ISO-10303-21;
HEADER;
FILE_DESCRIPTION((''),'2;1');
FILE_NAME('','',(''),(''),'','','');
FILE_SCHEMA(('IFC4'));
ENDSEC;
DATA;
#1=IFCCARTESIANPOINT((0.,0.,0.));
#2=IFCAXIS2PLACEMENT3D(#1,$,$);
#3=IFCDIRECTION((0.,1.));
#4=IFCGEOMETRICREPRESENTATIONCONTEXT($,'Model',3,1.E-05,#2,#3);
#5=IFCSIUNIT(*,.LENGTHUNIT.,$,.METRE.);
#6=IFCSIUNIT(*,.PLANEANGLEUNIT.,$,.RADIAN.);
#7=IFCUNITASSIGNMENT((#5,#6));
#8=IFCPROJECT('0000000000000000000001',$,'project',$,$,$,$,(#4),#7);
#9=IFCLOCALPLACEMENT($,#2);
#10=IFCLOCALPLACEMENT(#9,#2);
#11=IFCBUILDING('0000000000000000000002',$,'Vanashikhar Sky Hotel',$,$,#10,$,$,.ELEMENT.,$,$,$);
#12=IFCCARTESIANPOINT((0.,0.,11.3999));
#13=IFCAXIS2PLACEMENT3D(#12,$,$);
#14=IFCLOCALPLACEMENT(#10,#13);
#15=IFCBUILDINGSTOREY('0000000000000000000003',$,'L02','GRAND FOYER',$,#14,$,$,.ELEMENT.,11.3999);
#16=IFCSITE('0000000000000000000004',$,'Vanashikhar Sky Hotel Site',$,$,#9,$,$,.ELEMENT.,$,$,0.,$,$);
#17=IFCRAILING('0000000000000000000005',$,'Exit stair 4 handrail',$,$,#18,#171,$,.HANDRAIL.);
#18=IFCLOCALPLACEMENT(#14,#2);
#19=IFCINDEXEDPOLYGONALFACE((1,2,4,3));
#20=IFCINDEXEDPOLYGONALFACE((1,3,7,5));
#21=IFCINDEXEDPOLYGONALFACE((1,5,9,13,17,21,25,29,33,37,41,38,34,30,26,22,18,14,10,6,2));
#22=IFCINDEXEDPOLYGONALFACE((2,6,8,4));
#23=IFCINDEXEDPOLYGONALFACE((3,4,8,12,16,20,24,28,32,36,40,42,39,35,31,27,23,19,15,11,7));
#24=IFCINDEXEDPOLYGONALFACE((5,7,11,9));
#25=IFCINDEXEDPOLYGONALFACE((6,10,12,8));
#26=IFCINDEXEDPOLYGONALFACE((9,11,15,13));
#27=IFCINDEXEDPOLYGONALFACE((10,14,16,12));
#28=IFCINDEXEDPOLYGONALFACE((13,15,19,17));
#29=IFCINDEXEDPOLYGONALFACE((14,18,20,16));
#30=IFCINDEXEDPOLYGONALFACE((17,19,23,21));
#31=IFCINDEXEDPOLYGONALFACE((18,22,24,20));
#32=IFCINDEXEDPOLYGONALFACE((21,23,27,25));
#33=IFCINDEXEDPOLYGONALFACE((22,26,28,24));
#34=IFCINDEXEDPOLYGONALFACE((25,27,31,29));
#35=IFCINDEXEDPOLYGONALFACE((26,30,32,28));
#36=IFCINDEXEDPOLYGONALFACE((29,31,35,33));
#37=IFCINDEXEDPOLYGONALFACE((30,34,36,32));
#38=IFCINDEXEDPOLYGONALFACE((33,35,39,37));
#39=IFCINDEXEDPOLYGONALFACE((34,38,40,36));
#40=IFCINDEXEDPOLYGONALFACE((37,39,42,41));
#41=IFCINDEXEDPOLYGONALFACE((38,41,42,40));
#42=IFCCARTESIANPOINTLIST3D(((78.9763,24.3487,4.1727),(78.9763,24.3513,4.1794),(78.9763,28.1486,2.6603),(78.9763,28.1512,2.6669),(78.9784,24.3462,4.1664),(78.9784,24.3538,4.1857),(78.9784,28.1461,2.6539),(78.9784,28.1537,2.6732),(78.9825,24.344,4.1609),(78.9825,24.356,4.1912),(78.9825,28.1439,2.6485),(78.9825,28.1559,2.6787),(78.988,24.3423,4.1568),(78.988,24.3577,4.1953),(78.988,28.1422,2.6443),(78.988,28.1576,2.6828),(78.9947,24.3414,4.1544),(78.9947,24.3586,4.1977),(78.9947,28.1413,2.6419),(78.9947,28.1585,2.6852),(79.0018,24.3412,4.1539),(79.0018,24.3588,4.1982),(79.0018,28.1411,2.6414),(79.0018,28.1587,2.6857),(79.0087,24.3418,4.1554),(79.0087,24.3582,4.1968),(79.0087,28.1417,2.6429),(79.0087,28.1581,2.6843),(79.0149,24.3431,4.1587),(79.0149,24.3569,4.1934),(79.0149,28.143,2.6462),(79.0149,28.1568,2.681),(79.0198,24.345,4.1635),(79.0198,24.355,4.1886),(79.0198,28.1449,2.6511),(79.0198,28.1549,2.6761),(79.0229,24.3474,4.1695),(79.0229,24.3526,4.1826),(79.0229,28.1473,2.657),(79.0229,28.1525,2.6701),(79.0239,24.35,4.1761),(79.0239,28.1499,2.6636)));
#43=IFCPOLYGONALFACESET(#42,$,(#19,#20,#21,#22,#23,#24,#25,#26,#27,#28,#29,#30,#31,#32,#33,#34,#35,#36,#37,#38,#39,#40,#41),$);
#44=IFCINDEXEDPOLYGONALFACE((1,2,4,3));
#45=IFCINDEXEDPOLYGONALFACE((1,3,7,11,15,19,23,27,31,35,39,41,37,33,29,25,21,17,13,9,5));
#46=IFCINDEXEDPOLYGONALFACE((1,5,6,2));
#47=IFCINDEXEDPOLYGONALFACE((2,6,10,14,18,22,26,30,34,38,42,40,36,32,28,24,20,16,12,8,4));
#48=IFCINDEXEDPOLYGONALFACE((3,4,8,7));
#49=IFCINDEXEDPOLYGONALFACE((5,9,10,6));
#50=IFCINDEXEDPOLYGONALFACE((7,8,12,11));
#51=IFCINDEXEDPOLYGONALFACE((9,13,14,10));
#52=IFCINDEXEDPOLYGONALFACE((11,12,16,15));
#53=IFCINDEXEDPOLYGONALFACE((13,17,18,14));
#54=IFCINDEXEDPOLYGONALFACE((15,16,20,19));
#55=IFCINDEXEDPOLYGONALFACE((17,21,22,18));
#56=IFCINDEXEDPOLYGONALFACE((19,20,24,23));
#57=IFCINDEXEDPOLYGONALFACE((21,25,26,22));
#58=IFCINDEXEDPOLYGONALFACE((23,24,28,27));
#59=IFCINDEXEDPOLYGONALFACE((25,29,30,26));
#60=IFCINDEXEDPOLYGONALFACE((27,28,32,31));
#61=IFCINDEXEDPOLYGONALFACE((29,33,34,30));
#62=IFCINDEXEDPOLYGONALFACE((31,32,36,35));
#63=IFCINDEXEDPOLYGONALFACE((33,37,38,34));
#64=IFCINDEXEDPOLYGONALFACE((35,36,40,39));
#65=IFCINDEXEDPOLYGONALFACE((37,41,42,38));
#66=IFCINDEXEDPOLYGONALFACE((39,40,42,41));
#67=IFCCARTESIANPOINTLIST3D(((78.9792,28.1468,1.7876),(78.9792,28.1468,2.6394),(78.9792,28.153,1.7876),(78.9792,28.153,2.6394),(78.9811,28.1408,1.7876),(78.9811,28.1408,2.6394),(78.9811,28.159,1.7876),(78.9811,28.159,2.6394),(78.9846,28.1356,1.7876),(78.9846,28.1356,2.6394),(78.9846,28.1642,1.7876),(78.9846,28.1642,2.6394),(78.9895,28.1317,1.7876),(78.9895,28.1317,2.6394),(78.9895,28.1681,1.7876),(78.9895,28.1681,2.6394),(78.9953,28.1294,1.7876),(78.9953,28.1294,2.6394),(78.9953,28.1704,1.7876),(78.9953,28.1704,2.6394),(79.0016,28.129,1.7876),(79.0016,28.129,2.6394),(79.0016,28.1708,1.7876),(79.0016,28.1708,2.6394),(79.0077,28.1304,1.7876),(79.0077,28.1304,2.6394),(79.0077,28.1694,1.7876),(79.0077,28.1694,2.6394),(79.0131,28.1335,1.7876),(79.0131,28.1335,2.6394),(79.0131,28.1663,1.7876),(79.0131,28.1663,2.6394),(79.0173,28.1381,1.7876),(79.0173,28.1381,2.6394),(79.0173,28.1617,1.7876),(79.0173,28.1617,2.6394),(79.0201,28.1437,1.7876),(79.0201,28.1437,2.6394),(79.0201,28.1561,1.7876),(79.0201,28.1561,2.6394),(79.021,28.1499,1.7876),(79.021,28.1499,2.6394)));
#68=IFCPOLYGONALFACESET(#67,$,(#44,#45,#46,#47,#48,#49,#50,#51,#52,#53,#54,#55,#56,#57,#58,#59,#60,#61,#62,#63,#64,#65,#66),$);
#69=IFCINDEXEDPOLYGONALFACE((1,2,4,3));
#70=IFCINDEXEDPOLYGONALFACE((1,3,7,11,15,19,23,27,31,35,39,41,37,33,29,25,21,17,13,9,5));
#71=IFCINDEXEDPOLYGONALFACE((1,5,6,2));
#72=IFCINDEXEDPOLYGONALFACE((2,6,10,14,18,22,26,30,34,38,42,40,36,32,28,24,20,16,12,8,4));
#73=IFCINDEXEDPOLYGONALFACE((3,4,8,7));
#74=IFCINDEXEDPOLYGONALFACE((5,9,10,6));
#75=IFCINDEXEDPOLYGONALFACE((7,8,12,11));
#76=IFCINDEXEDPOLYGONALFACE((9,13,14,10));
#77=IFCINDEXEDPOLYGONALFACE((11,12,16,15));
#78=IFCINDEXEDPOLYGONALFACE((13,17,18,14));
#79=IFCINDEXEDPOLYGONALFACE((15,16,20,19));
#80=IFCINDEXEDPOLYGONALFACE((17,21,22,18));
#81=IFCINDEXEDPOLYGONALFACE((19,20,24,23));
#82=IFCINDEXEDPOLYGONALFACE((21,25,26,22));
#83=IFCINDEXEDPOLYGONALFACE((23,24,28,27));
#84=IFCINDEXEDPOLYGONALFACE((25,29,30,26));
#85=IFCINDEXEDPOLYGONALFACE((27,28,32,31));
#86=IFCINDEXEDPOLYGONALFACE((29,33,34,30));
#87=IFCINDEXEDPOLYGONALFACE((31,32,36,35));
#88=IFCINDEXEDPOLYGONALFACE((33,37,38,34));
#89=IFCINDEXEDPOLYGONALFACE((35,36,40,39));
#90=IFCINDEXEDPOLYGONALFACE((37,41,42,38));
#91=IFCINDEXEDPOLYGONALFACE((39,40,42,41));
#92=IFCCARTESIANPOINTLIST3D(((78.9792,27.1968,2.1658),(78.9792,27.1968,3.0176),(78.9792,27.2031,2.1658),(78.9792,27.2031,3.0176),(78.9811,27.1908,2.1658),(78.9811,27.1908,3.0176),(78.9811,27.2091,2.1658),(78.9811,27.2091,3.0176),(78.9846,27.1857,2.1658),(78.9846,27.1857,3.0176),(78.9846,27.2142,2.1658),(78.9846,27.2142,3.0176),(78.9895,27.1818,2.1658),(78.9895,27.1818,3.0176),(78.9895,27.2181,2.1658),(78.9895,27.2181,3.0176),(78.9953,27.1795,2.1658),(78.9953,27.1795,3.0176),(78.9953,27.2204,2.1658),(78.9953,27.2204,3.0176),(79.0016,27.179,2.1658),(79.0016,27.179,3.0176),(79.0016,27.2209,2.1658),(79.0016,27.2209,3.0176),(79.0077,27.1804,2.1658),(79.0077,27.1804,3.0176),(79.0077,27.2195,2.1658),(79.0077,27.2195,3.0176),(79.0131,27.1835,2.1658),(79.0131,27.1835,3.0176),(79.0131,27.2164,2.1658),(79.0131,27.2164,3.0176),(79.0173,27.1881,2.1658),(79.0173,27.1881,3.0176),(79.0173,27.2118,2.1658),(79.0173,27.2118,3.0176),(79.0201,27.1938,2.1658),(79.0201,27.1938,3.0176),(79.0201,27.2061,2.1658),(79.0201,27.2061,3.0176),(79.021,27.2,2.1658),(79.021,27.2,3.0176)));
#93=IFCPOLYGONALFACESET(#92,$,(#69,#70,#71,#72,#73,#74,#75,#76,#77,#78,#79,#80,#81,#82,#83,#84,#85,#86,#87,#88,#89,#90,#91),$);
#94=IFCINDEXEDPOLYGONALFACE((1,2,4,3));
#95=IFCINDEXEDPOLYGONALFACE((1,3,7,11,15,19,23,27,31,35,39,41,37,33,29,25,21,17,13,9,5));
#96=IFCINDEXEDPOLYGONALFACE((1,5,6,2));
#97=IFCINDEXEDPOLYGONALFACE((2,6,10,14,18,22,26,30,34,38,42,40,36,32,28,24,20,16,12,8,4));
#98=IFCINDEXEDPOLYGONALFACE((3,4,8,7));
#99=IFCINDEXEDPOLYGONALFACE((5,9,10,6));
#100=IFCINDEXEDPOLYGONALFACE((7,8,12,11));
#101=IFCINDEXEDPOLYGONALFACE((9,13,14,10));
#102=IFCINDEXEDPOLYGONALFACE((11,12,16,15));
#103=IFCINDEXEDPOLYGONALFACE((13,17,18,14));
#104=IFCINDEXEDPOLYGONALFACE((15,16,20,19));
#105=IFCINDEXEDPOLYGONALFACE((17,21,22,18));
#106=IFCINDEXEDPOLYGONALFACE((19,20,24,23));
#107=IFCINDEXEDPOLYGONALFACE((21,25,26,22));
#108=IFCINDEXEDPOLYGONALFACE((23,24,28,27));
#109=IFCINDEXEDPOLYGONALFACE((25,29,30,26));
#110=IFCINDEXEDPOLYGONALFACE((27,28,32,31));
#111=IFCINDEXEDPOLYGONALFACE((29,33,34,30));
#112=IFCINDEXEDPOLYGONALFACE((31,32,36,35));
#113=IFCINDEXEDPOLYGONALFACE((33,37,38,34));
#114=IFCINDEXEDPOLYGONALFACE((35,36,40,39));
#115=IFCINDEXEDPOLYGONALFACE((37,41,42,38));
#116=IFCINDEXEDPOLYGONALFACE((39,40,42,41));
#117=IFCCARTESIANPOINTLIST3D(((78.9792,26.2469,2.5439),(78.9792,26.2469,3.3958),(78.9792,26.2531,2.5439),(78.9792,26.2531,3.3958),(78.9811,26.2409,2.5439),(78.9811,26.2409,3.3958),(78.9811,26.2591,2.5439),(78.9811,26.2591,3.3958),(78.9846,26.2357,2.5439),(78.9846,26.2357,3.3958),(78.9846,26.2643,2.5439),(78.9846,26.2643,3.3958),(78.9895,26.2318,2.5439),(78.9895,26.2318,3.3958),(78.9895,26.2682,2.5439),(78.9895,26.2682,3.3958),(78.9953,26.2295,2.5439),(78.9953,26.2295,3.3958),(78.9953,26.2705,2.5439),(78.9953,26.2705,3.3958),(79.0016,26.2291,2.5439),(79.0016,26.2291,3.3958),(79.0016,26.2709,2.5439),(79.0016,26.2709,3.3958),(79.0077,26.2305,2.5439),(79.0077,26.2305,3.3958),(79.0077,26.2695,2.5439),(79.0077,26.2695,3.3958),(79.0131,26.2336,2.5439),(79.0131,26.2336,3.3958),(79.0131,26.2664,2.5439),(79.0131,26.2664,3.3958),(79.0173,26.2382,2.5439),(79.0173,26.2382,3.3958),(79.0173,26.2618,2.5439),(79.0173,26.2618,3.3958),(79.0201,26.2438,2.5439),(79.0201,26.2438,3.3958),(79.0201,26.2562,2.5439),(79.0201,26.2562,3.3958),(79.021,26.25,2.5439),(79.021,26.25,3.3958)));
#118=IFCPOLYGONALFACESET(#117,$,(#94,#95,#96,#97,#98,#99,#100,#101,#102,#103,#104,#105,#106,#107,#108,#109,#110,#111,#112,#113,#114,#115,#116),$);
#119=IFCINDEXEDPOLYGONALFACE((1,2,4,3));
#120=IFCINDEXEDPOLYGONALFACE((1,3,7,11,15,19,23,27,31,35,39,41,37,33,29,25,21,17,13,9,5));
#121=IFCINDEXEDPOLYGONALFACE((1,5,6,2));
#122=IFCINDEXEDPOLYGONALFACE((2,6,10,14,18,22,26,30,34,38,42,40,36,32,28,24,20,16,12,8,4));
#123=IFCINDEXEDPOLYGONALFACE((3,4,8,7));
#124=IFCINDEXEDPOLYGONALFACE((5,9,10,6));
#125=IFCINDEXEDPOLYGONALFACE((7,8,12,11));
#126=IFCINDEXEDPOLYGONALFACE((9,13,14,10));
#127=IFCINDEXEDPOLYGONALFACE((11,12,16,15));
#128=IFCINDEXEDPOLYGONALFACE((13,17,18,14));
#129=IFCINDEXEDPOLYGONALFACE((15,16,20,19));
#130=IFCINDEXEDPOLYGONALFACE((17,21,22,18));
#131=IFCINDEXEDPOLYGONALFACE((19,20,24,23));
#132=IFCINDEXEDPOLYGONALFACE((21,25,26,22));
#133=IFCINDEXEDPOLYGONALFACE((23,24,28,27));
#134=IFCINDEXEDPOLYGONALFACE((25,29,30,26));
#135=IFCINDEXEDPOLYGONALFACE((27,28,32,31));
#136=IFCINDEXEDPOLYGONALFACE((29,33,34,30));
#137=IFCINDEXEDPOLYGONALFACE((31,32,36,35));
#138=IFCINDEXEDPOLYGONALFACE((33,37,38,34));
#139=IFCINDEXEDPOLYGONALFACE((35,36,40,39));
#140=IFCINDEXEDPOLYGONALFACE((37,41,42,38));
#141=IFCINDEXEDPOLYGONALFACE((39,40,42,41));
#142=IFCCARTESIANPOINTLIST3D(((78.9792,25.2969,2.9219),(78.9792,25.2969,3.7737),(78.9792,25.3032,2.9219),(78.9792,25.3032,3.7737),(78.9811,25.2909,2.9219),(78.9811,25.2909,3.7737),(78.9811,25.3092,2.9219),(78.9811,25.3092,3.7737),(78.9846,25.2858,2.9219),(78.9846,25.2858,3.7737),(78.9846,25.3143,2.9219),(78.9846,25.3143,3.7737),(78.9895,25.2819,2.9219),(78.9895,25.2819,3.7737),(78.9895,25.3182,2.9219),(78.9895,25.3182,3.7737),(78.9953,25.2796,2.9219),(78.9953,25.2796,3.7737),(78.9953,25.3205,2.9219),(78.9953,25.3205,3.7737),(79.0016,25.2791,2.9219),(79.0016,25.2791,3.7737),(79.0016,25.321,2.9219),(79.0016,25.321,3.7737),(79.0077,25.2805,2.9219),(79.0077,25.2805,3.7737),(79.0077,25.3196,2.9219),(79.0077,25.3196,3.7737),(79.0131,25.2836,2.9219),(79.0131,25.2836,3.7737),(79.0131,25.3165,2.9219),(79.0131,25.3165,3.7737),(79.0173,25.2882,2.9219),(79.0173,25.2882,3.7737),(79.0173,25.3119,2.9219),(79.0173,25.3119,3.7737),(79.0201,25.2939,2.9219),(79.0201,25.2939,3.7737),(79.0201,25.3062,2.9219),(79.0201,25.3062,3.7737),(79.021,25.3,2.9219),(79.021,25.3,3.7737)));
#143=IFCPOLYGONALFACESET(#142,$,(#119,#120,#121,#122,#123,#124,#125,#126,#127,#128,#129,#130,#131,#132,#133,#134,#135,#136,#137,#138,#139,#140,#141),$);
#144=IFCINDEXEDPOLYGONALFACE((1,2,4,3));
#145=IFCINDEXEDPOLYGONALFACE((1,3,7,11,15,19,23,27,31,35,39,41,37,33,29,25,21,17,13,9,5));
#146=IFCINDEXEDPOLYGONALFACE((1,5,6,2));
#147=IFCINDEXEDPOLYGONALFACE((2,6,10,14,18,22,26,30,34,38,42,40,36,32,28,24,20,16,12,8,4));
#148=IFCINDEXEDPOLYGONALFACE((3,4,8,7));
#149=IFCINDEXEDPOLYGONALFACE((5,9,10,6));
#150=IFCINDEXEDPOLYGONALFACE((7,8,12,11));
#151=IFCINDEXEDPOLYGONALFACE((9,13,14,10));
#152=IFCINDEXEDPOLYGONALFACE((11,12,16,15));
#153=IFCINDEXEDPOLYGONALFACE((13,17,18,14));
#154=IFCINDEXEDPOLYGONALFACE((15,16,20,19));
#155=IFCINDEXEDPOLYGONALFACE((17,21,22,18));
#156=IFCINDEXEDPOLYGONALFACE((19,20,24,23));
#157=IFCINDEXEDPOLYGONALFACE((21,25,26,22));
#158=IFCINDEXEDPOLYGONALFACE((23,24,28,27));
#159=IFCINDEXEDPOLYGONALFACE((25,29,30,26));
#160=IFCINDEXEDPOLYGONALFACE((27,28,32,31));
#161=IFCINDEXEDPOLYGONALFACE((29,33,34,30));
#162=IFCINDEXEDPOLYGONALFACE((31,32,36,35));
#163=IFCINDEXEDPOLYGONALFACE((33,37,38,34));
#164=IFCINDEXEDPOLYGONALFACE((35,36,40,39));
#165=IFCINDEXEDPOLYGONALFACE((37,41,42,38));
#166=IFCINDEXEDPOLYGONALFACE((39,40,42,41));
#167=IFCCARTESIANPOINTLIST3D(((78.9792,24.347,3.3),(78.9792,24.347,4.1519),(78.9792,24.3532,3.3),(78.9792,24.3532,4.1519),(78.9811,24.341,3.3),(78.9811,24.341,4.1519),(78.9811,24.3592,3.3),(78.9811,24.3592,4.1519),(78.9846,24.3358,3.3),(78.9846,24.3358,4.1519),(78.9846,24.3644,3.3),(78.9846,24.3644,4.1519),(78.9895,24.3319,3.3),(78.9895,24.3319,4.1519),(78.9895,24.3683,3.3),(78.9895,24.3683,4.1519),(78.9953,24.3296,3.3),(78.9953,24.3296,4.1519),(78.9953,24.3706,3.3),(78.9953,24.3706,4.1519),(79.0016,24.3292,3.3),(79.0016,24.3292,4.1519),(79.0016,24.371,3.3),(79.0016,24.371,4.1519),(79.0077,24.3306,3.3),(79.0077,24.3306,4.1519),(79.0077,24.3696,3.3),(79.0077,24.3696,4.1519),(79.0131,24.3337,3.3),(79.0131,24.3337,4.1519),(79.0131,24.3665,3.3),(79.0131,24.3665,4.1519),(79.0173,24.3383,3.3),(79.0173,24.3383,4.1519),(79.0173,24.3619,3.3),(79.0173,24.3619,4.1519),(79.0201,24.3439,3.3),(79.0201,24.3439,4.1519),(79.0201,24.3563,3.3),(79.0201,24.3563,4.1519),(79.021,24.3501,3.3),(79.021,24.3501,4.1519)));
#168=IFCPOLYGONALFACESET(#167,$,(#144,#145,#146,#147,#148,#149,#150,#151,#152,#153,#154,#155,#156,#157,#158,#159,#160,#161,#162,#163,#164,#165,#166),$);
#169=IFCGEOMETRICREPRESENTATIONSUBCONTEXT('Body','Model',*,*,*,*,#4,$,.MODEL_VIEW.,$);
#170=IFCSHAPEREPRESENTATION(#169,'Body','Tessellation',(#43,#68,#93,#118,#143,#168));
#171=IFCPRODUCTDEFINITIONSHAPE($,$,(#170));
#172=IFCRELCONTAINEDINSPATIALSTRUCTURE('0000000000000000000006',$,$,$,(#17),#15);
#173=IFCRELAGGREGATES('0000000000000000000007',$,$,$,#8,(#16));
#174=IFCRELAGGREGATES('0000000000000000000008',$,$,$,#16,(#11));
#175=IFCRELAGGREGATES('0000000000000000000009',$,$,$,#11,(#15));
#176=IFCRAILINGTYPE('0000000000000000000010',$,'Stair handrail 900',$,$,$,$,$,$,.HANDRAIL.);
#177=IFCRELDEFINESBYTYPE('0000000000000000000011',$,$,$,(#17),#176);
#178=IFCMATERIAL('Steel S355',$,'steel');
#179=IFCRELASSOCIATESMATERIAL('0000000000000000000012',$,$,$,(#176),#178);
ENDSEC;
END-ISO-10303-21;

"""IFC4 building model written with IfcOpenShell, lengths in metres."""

from ifc_helpers import new_model, si_unit, direction, frame, origin, origin_2d, place, context, subcontext, project, spatial, circle, extrude, source, transform, mapped, material, type_object, element, save


model = new_model("IFC4")

# Units and contexts
model_context = context("Model", 3, precision=1e-05, world=origin(), true_north=direction((0.0, 1.0)))
body_context = subcontext(model_context, "Body", "Model", "MODEL_VIEW")
ifc_project = project(units=[si_unit("LENGTHUNIT", "METRE"), si_unit("PLANEANGLEUNIT", "RADIAN")], contexts=[model_context])

# Site, building, storey
site_placement = place(None, origin())
site = spatial("IfcSite", under=ifc_project, at=site_placement, Name="Vanashikhar Sky Hotel Site", CompositionType="ELEMENT", RefElevation=0.0)
building_placement = place(site_placement, origin())
building = spatial("IfcBuilding", under=site, at=building_placement, Name="Vanashikhar Sky Hotel", CompositionType="ELEMENT")
storey_placement = place(building_placement, frame((0.0, 0.0, 11.3999)))
storey = spatial("IfcBuildingStorey", under=building, at=storey_placement, Name="L02", Description="GRAND FOYER", CompositionType="ELEMENT", Elevation=11.3999)

# Railing
ifc_material_1 = material(Name="Steel S355", Category="steel")
railing_type_1 = type_object("IfcRailingType", Name="Stair handrail 900", PredefinedType="HANDRAIL", material=ifc_material_1)
shared_shape_1 = source(origin(), body_context, "Body", "SweptSolid", [
    extrude(circle(Radius=0.0239, at=origin_2d()), frame((0.0, 0.0, 0.876), z_axis=(0.0, -0.929105, 0.369815), x_axis=(1.0, 0.0, 0.0)), (0.0, 0.0, 1.0), 4.0898),
    extrude(circle(Radius=0.021, at=origin_2d()), origin(), (0.0, 0.0, 1.0), 0.8518),
    extrude(circle(Radius=0.021, at=origin_2d()), frame((0.0, -0.95, 0.3782)), (0.0, 0.0, 1.0), 0.8518),
    extrude(circle(Radius=0.021, at=origin_2d()), frame((0.0, -1.8999, 0.7563)), (0.0, 0.0, 1.0), 0.8518),
    extrude(circle(Radius=0.021, at=origin_2d()), frame((0.0, -2.8499, 1.1343)), (0.0, 0.0, 1.0), 0.8518),
    extrude(circle(Radius=0.021, at=origin_2d()), frame((0.0, -3.7998, 1.5125)), (0.0, 0.0, 1.0), 0.8518),
])
for number, where, name in (
    (1, (79.0, 28.1499, 1.7876), "Exit stair 4 handrail"),
):
    element("IfcRailing", number, at=place(storey_placement, frame(where)), inside=storey, type_object=railing_type_1, Name=name, PredefinedType="HANDRAIL", context=body_context, shape_type="MappedRepresentation", body=[
        mapped(shared_shape_1, transform((0.0, 0.0, 0.0), scale=1.0)),
    ])

save(model, "model.ifc")
